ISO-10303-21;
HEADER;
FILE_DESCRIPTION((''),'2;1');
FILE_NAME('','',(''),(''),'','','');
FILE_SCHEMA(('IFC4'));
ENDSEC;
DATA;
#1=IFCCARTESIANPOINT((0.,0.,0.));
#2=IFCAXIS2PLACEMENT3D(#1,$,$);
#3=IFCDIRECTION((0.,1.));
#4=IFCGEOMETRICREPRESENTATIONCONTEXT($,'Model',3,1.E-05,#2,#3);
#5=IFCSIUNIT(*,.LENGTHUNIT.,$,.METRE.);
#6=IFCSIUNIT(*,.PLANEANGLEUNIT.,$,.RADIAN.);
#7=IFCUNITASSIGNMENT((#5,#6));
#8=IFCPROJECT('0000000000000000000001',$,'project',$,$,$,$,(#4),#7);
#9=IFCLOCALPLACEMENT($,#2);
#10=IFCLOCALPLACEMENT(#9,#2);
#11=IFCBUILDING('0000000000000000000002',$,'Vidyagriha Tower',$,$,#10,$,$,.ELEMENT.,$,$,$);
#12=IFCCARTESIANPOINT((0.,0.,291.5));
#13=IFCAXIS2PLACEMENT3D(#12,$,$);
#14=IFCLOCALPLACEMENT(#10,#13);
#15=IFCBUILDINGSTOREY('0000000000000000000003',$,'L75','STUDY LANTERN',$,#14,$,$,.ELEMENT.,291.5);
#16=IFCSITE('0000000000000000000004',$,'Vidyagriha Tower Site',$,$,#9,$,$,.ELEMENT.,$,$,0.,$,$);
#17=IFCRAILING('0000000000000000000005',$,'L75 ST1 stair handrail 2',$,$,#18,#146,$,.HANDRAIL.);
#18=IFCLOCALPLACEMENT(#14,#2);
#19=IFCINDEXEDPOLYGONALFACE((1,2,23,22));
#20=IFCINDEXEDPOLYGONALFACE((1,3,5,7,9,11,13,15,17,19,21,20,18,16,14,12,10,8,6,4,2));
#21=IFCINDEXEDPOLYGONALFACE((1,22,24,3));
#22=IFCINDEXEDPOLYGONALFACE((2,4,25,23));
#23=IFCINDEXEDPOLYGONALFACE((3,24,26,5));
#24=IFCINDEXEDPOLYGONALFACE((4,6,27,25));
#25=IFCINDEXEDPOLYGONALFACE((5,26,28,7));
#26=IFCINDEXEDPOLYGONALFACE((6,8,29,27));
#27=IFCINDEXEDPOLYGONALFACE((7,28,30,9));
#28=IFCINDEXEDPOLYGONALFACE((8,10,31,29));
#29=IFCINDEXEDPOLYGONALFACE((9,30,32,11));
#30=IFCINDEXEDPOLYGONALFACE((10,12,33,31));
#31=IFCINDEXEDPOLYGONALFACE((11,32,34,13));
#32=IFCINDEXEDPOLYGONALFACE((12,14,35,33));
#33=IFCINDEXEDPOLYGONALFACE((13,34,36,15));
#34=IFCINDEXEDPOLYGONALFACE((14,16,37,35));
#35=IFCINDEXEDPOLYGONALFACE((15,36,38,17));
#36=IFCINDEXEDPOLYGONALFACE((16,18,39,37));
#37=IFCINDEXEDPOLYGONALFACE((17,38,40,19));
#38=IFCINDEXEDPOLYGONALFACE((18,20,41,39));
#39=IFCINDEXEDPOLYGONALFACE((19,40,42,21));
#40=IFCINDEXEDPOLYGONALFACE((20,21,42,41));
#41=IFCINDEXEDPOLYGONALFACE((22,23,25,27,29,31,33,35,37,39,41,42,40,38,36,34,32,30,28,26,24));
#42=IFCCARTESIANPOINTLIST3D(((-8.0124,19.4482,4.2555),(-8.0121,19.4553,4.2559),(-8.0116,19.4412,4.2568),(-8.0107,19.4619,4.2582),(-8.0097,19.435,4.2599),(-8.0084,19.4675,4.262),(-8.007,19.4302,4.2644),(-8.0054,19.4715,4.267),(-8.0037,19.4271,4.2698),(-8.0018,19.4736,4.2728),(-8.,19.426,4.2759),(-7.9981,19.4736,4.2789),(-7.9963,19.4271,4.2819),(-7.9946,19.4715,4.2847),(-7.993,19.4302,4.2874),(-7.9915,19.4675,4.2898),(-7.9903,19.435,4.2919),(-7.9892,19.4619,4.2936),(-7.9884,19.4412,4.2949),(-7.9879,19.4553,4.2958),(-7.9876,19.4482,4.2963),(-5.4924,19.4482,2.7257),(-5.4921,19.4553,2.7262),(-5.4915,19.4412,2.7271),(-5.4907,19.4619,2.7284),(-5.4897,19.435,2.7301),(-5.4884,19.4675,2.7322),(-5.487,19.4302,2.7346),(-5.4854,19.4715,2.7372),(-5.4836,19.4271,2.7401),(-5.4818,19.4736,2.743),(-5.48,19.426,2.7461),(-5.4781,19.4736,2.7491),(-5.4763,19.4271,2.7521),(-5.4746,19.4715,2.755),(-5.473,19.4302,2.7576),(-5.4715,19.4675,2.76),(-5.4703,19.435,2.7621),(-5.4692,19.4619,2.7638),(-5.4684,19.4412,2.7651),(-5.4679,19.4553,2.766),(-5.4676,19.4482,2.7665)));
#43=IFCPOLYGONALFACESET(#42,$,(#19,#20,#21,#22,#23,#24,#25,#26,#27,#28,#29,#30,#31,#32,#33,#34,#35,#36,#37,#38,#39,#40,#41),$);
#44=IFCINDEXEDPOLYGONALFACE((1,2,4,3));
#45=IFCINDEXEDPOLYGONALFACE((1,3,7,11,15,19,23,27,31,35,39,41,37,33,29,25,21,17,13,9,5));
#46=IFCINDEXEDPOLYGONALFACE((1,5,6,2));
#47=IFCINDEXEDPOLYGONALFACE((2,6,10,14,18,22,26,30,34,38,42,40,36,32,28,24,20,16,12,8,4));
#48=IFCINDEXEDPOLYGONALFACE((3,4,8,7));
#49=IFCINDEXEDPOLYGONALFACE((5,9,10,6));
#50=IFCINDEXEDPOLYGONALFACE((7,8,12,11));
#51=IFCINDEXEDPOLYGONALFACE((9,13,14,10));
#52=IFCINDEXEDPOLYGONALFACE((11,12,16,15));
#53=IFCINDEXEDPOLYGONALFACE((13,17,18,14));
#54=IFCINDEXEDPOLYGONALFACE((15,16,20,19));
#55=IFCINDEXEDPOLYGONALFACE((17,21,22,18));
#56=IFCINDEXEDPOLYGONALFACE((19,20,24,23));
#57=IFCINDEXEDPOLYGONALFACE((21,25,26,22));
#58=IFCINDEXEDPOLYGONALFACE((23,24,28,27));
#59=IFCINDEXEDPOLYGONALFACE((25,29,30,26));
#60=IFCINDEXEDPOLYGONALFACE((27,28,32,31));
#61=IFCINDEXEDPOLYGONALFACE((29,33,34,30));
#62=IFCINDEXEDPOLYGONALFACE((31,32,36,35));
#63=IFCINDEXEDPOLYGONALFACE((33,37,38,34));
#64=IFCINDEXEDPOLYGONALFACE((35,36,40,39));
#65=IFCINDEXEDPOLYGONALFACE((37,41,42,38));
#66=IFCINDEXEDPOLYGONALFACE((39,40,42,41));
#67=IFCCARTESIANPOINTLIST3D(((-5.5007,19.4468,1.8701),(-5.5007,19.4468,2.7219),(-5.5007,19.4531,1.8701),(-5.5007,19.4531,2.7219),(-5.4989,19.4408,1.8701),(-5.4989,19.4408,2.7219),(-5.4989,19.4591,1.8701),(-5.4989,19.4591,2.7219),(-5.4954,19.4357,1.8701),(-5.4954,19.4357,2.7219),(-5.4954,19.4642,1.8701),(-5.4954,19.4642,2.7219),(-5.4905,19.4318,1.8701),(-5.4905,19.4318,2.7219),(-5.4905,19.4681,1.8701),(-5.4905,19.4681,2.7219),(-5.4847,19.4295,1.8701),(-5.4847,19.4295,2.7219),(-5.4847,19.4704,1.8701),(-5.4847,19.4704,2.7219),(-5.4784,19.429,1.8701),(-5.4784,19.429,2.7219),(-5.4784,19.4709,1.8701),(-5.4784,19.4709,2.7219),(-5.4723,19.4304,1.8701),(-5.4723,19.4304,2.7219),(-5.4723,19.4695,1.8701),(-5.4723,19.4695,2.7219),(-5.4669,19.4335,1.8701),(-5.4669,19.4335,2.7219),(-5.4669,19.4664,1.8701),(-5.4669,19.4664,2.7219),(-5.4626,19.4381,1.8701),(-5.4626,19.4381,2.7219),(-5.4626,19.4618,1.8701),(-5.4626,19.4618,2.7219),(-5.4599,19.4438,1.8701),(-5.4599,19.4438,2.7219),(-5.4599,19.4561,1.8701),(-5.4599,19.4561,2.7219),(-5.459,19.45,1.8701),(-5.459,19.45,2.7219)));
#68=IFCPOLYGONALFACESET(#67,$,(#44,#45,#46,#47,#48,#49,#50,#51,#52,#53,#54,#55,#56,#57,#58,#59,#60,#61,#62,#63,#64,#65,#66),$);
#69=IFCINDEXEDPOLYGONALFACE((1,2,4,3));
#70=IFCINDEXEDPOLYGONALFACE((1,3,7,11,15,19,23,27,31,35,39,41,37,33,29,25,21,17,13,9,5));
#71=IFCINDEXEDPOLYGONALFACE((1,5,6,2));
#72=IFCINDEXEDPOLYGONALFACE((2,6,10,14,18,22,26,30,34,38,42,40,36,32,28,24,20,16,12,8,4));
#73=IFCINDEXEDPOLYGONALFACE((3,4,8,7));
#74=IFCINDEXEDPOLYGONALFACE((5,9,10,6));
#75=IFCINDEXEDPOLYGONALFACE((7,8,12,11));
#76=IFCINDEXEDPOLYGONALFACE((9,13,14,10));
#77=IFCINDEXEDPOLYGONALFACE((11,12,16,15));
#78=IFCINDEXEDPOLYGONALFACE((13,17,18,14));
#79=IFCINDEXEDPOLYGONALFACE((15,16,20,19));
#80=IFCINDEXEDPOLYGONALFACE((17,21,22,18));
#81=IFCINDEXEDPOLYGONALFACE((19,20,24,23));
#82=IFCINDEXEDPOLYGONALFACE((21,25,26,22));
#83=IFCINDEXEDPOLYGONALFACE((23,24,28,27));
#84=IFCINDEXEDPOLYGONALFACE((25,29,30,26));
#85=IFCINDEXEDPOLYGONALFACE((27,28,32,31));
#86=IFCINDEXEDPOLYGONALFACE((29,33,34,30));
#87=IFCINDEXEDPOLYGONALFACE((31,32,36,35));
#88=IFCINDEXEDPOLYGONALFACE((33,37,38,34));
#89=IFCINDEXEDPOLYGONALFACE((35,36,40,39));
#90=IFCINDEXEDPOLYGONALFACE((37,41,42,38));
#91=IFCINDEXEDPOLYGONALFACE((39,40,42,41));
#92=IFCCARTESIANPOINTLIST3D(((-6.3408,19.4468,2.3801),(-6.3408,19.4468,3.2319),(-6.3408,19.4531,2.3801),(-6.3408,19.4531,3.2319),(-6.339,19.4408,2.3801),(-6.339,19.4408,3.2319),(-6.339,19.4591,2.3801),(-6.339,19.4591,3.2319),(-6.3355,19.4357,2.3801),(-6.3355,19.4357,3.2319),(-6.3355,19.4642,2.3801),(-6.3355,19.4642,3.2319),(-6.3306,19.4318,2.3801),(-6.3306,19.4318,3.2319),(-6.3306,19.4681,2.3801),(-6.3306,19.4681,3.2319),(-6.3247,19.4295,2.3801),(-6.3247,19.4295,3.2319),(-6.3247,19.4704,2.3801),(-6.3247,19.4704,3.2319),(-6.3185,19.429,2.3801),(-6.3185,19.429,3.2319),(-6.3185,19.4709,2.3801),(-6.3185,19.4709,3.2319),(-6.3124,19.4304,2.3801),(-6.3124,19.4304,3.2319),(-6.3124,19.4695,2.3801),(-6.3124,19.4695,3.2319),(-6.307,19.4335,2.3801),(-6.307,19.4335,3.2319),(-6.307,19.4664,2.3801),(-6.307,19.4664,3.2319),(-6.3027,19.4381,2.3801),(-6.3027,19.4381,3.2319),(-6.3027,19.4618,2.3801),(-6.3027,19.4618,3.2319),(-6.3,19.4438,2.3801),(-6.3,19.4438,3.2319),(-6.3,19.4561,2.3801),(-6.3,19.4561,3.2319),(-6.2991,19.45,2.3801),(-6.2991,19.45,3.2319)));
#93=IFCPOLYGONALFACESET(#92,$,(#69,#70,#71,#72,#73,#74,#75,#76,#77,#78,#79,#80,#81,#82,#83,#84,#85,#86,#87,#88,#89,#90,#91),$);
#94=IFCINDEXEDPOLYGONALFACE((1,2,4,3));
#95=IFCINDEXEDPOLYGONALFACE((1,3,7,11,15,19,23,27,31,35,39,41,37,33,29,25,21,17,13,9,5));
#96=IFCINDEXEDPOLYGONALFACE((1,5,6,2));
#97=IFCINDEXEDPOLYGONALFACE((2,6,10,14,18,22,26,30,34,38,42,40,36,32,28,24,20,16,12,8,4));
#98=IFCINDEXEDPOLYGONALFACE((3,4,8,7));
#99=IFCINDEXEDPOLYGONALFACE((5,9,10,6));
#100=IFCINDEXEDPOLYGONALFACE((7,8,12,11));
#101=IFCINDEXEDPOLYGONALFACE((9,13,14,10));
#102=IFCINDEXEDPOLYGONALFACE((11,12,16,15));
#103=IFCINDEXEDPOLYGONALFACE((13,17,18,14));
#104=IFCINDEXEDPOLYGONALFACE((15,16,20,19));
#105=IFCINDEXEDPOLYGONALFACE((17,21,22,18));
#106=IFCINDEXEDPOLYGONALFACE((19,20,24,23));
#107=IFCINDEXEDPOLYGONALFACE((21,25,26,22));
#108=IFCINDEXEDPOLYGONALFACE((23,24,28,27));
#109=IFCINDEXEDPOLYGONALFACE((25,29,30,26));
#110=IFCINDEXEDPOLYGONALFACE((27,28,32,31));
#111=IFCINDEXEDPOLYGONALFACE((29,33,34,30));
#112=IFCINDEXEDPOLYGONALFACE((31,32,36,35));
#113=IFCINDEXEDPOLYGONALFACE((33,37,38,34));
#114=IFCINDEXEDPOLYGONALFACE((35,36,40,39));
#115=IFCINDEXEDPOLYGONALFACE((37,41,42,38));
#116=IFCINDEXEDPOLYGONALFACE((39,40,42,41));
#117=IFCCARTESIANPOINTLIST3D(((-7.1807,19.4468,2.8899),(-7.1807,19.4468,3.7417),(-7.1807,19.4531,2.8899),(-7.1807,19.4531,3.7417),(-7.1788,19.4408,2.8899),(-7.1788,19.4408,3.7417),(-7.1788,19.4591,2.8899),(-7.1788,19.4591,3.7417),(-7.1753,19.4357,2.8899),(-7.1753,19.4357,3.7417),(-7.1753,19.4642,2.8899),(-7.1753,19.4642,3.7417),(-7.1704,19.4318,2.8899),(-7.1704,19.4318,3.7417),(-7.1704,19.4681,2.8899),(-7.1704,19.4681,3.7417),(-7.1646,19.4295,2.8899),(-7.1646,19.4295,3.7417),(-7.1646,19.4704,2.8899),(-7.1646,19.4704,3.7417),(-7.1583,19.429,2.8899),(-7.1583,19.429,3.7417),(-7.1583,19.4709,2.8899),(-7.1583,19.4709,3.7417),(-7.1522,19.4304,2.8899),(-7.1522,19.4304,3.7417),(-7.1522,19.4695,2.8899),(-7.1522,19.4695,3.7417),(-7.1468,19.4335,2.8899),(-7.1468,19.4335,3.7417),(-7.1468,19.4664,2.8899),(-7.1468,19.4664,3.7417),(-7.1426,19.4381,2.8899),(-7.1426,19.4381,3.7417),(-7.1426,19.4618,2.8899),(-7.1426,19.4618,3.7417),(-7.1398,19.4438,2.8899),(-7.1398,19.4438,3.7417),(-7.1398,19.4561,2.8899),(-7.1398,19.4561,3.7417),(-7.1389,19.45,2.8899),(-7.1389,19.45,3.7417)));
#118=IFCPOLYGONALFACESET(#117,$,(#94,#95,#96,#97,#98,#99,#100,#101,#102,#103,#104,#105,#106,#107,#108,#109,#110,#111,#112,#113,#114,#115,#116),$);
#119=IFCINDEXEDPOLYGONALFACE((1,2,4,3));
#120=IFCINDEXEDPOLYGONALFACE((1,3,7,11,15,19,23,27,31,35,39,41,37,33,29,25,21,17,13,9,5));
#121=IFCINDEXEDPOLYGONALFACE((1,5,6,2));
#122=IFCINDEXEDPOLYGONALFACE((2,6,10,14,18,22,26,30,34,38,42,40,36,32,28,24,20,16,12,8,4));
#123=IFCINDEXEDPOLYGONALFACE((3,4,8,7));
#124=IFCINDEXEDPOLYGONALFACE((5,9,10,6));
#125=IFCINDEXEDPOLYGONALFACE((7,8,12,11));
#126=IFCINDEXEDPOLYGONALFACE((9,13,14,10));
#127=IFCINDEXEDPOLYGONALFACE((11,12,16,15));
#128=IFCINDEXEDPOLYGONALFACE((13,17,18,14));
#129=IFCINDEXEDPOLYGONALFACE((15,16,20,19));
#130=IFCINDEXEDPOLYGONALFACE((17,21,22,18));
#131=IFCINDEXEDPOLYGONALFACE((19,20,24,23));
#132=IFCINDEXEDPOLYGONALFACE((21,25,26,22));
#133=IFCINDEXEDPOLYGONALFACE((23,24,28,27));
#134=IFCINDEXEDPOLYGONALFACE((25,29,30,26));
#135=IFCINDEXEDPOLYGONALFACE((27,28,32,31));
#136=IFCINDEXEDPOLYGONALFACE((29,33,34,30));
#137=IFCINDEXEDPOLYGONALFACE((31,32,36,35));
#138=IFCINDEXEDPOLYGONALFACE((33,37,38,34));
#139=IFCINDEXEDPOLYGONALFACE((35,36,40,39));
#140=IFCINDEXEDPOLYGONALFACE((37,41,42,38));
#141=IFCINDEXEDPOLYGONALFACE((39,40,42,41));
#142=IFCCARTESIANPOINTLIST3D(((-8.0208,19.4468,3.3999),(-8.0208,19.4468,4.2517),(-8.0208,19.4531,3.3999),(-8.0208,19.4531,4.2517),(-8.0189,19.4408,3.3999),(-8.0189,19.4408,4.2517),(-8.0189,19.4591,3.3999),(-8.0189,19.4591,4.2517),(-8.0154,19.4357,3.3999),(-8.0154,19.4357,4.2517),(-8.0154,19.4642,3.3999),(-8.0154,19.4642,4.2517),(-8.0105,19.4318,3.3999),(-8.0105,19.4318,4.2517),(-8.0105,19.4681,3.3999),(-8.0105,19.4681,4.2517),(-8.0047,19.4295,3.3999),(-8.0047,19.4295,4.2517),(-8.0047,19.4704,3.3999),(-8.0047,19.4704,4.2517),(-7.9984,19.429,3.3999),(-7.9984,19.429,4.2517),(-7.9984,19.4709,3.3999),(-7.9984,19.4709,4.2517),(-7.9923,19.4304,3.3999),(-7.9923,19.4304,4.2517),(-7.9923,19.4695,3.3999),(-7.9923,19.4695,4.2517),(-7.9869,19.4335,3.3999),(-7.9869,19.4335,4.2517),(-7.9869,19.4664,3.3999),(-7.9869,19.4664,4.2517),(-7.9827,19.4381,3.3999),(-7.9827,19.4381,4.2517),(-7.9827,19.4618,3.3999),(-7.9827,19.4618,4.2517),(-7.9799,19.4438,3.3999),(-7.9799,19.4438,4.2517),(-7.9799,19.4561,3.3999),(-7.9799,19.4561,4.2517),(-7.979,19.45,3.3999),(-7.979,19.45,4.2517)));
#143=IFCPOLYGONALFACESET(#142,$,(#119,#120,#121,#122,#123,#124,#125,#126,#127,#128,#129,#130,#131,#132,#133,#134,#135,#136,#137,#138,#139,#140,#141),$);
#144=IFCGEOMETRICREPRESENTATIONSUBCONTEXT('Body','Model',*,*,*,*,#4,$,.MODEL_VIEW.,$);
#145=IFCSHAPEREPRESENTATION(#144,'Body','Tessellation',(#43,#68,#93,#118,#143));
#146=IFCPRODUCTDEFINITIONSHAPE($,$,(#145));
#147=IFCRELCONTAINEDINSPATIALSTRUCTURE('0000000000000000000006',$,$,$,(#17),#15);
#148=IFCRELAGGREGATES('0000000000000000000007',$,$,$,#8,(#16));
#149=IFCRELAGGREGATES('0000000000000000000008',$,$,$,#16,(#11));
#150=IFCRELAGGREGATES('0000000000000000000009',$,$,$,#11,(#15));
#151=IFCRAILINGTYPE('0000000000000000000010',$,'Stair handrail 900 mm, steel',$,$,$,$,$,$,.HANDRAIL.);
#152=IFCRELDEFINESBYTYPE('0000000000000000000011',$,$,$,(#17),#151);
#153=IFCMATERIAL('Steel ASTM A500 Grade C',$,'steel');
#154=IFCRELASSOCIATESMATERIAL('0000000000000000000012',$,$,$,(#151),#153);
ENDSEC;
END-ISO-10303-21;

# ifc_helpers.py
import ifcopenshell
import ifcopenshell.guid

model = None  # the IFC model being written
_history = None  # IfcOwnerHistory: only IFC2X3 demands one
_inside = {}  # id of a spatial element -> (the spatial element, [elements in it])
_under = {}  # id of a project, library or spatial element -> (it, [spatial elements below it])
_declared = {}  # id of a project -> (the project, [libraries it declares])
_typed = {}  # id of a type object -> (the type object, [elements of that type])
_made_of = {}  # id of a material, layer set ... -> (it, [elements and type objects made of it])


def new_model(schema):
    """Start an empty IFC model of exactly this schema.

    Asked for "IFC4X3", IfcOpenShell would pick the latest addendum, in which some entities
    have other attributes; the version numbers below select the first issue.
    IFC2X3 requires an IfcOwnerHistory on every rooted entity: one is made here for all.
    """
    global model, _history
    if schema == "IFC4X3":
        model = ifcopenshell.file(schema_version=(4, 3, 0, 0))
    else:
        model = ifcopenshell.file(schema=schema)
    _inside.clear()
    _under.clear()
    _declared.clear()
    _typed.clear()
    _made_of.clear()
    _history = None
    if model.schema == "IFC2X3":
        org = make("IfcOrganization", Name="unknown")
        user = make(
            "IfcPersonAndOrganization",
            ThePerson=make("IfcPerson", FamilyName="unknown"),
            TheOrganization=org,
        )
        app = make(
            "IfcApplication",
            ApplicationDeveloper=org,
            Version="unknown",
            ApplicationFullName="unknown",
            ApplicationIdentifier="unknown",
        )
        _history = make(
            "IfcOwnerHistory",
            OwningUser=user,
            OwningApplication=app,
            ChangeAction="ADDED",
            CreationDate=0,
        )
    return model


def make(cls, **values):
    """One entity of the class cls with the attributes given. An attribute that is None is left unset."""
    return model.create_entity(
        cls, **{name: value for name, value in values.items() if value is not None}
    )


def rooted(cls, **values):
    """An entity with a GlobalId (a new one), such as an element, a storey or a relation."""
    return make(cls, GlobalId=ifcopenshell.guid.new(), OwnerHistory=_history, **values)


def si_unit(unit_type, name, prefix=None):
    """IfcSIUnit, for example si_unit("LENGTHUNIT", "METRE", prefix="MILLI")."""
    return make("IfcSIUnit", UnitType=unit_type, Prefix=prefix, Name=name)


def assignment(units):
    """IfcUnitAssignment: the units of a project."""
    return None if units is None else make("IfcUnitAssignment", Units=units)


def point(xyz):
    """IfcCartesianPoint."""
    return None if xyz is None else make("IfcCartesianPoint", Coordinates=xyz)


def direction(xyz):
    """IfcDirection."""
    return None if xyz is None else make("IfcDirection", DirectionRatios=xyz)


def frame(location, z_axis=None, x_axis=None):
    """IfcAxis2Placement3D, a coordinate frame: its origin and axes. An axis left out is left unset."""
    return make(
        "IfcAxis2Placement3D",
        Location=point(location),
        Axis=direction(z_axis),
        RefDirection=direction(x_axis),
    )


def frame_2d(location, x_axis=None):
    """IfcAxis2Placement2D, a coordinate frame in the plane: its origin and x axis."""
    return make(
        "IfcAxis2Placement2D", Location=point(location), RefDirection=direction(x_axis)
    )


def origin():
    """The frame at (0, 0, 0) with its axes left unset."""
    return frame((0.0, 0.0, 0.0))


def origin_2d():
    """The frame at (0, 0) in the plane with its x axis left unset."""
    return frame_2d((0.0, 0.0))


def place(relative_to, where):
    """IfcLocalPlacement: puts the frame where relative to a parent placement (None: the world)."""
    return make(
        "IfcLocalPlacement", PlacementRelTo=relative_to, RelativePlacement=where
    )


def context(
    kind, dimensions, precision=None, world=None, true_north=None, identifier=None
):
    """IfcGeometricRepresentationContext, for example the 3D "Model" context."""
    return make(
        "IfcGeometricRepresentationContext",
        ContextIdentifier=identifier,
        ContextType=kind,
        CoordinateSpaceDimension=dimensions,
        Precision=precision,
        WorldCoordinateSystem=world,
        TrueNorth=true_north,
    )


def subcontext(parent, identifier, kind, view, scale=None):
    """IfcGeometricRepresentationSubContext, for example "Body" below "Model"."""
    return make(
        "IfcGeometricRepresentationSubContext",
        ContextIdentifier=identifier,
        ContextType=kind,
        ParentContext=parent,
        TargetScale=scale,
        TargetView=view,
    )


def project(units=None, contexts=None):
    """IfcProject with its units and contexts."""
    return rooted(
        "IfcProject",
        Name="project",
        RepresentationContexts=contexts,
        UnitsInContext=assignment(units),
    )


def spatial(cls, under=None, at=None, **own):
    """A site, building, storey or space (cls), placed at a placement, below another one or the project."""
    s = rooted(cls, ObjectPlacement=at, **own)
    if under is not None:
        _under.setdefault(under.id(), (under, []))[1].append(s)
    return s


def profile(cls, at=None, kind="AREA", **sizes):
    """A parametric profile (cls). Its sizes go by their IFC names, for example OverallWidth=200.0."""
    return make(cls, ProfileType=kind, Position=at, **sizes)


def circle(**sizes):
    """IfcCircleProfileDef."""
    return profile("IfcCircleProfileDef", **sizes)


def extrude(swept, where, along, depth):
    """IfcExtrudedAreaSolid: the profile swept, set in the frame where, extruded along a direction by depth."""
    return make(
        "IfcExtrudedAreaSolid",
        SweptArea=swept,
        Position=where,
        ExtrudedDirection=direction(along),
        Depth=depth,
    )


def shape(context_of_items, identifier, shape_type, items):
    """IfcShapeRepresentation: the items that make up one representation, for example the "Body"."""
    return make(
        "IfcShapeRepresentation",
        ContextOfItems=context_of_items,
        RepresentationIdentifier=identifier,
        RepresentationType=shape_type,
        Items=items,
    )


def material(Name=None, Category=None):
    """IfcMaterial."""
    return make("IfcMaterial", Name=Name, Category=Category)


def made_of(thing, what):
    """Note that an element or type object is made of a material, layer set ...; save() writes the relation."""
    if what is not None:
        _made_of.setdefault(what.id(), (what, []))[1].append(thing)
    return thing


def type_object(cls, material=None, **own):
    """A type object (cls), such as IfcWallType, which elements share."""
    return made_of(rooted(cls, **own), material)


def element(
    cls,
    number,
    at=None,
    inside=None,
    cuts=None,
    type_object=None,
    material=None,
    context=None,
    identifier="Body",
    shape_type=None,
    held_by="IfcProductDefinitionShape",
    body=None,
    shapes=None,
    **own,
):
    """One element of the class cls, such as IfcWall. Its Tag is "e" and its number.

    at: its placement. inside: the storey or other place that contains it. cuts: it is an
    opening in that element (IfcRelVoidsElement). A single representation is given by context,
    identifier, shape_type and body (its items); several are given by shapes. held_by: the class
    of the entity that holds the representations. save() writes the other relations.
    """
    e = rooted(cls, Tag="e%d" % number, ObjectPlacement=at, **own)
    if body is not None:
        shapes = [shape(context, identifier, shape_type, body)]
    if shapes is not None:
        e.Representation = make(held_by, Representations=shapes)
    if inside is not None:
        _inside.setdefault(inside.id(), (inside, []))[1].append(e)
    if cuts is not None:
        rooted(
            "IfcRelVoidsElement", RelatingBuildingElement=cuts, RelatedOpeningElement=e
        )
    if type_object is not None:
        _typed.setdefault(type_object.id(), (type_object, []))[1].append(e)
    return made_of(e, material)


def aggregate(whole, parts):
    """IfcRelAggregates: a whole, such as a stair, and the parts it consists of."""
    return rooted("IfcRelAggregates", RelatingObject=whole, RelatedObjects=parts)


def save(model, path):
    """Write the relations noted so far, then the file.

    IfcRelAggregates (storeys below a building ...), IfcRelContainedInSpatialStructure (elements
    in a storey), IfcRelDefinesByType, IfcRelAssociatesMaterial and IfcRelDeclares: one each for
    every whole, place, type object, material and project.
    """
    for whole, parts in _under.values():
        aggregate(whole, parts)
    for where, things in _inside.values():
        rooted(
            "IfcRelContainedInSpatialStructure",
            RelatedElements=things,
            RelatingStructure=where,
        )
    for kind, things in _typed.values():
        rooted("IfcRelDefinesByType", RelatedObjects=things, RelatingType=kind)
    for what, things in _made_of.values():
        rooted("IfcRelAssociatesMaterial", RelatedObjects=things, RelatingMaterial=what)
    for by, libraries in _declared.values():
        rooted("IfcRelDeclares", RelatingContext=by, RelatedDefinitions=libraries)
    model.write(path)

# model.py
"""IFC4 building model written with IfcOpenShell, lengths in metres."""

from ifc_helpers import new_model, si_unit, direction, frame, origin, origin_2d, place, context, subcontext, project, spatial, circle, extrude, material, type_object, element, save


model = new_model("IFC4")

# Units and contexts
model_context = context("Model", 3, precision=1e-05, world=origin(), true_north=direction((0.0, 1.0)))
body_context = subcontext(model_context, "Body", "Model", "MODEL_VIEW")
ifc_project = project(units=[si_unit("LENGTHUNIT", "METRE"), si_unit("PLANEANGLEUNIT", "RADIAN")], contexts=[model_context])

# Site, building, storey
site_placement = place(None, origin())
site = spatial("IfcSite", under=ifc_project, at=site_placement, Name="Vidyagriha Tower Site", CompositionType="ELEMENT", RefElevation=0.0)
building_placement = place(site_placement, origin())
building = spatial("IfcBuilding", under=site, at=building_placement, Name="Vidyagriha Tower", CompositionType="ELEMENT")
storey_placement = place(building_placement, frame((0.0, 0.0, 291.5)))
storey = spatial("IfcBuildingStorey", under=building, at=storey_placement, Name="L75", Description="STUDY LANTERN", CompositionType="ELEMENT", Elevation=291.5)

# Railing
ifc_material_1 = material(Name="Steel ASTM A500 Grade C", Category="steel")
railing_type_1 = type_object("IfcRailingType", Name="Stair handrail 900 mm, steel", PredefinedType="HANDRAIL", material=ifc_material_1)
railing_1_placement = place(storey_placement, frame((-5.48, 19.45, 1.8701)))
element("IfcRailing", 1, at=railing_1_placement, inside=storey, type_object=railing_type_1, Name="L75 ST1 stair handrail 2", PredefinedType="HANDRAIL", context=body_context, shape_type="SweptSolid", body=[
    extrude(circle(Radius=0.0239, at=origin_2d()), frame((0.0, 0.0, 0.876), z_axis=(-0.854822, 0.0, 0.518922), x_axis=(0.0, -1.0, 0.0)), (0.0, 0.0, 1.0), 2.948),
    extrude(circle(Radius=0.021, at=origin_2d()), origin(), (0.0, 0.0, 1.0), 0.8518),
    extrude(circle(Radius=0.021, at=origin_2d()), frame((-0.8401, 0.0, 0.51)), (0.0, 0.0, 1.0), 0.8518),
    extrude(circle(Radius=0.021, at=origin_2d()), frame((-1.6799, 0.0, 1.0198)), (0.0, 0.0, 1.0), 0.8518),
    extrude(circle(Radius=0.021, at=origin_2d()), frame((-2.52, 0.0, 1.5298)), (0.0, 0.0, 1.0), 0.8518),
])

save(model, "model.ifc")
